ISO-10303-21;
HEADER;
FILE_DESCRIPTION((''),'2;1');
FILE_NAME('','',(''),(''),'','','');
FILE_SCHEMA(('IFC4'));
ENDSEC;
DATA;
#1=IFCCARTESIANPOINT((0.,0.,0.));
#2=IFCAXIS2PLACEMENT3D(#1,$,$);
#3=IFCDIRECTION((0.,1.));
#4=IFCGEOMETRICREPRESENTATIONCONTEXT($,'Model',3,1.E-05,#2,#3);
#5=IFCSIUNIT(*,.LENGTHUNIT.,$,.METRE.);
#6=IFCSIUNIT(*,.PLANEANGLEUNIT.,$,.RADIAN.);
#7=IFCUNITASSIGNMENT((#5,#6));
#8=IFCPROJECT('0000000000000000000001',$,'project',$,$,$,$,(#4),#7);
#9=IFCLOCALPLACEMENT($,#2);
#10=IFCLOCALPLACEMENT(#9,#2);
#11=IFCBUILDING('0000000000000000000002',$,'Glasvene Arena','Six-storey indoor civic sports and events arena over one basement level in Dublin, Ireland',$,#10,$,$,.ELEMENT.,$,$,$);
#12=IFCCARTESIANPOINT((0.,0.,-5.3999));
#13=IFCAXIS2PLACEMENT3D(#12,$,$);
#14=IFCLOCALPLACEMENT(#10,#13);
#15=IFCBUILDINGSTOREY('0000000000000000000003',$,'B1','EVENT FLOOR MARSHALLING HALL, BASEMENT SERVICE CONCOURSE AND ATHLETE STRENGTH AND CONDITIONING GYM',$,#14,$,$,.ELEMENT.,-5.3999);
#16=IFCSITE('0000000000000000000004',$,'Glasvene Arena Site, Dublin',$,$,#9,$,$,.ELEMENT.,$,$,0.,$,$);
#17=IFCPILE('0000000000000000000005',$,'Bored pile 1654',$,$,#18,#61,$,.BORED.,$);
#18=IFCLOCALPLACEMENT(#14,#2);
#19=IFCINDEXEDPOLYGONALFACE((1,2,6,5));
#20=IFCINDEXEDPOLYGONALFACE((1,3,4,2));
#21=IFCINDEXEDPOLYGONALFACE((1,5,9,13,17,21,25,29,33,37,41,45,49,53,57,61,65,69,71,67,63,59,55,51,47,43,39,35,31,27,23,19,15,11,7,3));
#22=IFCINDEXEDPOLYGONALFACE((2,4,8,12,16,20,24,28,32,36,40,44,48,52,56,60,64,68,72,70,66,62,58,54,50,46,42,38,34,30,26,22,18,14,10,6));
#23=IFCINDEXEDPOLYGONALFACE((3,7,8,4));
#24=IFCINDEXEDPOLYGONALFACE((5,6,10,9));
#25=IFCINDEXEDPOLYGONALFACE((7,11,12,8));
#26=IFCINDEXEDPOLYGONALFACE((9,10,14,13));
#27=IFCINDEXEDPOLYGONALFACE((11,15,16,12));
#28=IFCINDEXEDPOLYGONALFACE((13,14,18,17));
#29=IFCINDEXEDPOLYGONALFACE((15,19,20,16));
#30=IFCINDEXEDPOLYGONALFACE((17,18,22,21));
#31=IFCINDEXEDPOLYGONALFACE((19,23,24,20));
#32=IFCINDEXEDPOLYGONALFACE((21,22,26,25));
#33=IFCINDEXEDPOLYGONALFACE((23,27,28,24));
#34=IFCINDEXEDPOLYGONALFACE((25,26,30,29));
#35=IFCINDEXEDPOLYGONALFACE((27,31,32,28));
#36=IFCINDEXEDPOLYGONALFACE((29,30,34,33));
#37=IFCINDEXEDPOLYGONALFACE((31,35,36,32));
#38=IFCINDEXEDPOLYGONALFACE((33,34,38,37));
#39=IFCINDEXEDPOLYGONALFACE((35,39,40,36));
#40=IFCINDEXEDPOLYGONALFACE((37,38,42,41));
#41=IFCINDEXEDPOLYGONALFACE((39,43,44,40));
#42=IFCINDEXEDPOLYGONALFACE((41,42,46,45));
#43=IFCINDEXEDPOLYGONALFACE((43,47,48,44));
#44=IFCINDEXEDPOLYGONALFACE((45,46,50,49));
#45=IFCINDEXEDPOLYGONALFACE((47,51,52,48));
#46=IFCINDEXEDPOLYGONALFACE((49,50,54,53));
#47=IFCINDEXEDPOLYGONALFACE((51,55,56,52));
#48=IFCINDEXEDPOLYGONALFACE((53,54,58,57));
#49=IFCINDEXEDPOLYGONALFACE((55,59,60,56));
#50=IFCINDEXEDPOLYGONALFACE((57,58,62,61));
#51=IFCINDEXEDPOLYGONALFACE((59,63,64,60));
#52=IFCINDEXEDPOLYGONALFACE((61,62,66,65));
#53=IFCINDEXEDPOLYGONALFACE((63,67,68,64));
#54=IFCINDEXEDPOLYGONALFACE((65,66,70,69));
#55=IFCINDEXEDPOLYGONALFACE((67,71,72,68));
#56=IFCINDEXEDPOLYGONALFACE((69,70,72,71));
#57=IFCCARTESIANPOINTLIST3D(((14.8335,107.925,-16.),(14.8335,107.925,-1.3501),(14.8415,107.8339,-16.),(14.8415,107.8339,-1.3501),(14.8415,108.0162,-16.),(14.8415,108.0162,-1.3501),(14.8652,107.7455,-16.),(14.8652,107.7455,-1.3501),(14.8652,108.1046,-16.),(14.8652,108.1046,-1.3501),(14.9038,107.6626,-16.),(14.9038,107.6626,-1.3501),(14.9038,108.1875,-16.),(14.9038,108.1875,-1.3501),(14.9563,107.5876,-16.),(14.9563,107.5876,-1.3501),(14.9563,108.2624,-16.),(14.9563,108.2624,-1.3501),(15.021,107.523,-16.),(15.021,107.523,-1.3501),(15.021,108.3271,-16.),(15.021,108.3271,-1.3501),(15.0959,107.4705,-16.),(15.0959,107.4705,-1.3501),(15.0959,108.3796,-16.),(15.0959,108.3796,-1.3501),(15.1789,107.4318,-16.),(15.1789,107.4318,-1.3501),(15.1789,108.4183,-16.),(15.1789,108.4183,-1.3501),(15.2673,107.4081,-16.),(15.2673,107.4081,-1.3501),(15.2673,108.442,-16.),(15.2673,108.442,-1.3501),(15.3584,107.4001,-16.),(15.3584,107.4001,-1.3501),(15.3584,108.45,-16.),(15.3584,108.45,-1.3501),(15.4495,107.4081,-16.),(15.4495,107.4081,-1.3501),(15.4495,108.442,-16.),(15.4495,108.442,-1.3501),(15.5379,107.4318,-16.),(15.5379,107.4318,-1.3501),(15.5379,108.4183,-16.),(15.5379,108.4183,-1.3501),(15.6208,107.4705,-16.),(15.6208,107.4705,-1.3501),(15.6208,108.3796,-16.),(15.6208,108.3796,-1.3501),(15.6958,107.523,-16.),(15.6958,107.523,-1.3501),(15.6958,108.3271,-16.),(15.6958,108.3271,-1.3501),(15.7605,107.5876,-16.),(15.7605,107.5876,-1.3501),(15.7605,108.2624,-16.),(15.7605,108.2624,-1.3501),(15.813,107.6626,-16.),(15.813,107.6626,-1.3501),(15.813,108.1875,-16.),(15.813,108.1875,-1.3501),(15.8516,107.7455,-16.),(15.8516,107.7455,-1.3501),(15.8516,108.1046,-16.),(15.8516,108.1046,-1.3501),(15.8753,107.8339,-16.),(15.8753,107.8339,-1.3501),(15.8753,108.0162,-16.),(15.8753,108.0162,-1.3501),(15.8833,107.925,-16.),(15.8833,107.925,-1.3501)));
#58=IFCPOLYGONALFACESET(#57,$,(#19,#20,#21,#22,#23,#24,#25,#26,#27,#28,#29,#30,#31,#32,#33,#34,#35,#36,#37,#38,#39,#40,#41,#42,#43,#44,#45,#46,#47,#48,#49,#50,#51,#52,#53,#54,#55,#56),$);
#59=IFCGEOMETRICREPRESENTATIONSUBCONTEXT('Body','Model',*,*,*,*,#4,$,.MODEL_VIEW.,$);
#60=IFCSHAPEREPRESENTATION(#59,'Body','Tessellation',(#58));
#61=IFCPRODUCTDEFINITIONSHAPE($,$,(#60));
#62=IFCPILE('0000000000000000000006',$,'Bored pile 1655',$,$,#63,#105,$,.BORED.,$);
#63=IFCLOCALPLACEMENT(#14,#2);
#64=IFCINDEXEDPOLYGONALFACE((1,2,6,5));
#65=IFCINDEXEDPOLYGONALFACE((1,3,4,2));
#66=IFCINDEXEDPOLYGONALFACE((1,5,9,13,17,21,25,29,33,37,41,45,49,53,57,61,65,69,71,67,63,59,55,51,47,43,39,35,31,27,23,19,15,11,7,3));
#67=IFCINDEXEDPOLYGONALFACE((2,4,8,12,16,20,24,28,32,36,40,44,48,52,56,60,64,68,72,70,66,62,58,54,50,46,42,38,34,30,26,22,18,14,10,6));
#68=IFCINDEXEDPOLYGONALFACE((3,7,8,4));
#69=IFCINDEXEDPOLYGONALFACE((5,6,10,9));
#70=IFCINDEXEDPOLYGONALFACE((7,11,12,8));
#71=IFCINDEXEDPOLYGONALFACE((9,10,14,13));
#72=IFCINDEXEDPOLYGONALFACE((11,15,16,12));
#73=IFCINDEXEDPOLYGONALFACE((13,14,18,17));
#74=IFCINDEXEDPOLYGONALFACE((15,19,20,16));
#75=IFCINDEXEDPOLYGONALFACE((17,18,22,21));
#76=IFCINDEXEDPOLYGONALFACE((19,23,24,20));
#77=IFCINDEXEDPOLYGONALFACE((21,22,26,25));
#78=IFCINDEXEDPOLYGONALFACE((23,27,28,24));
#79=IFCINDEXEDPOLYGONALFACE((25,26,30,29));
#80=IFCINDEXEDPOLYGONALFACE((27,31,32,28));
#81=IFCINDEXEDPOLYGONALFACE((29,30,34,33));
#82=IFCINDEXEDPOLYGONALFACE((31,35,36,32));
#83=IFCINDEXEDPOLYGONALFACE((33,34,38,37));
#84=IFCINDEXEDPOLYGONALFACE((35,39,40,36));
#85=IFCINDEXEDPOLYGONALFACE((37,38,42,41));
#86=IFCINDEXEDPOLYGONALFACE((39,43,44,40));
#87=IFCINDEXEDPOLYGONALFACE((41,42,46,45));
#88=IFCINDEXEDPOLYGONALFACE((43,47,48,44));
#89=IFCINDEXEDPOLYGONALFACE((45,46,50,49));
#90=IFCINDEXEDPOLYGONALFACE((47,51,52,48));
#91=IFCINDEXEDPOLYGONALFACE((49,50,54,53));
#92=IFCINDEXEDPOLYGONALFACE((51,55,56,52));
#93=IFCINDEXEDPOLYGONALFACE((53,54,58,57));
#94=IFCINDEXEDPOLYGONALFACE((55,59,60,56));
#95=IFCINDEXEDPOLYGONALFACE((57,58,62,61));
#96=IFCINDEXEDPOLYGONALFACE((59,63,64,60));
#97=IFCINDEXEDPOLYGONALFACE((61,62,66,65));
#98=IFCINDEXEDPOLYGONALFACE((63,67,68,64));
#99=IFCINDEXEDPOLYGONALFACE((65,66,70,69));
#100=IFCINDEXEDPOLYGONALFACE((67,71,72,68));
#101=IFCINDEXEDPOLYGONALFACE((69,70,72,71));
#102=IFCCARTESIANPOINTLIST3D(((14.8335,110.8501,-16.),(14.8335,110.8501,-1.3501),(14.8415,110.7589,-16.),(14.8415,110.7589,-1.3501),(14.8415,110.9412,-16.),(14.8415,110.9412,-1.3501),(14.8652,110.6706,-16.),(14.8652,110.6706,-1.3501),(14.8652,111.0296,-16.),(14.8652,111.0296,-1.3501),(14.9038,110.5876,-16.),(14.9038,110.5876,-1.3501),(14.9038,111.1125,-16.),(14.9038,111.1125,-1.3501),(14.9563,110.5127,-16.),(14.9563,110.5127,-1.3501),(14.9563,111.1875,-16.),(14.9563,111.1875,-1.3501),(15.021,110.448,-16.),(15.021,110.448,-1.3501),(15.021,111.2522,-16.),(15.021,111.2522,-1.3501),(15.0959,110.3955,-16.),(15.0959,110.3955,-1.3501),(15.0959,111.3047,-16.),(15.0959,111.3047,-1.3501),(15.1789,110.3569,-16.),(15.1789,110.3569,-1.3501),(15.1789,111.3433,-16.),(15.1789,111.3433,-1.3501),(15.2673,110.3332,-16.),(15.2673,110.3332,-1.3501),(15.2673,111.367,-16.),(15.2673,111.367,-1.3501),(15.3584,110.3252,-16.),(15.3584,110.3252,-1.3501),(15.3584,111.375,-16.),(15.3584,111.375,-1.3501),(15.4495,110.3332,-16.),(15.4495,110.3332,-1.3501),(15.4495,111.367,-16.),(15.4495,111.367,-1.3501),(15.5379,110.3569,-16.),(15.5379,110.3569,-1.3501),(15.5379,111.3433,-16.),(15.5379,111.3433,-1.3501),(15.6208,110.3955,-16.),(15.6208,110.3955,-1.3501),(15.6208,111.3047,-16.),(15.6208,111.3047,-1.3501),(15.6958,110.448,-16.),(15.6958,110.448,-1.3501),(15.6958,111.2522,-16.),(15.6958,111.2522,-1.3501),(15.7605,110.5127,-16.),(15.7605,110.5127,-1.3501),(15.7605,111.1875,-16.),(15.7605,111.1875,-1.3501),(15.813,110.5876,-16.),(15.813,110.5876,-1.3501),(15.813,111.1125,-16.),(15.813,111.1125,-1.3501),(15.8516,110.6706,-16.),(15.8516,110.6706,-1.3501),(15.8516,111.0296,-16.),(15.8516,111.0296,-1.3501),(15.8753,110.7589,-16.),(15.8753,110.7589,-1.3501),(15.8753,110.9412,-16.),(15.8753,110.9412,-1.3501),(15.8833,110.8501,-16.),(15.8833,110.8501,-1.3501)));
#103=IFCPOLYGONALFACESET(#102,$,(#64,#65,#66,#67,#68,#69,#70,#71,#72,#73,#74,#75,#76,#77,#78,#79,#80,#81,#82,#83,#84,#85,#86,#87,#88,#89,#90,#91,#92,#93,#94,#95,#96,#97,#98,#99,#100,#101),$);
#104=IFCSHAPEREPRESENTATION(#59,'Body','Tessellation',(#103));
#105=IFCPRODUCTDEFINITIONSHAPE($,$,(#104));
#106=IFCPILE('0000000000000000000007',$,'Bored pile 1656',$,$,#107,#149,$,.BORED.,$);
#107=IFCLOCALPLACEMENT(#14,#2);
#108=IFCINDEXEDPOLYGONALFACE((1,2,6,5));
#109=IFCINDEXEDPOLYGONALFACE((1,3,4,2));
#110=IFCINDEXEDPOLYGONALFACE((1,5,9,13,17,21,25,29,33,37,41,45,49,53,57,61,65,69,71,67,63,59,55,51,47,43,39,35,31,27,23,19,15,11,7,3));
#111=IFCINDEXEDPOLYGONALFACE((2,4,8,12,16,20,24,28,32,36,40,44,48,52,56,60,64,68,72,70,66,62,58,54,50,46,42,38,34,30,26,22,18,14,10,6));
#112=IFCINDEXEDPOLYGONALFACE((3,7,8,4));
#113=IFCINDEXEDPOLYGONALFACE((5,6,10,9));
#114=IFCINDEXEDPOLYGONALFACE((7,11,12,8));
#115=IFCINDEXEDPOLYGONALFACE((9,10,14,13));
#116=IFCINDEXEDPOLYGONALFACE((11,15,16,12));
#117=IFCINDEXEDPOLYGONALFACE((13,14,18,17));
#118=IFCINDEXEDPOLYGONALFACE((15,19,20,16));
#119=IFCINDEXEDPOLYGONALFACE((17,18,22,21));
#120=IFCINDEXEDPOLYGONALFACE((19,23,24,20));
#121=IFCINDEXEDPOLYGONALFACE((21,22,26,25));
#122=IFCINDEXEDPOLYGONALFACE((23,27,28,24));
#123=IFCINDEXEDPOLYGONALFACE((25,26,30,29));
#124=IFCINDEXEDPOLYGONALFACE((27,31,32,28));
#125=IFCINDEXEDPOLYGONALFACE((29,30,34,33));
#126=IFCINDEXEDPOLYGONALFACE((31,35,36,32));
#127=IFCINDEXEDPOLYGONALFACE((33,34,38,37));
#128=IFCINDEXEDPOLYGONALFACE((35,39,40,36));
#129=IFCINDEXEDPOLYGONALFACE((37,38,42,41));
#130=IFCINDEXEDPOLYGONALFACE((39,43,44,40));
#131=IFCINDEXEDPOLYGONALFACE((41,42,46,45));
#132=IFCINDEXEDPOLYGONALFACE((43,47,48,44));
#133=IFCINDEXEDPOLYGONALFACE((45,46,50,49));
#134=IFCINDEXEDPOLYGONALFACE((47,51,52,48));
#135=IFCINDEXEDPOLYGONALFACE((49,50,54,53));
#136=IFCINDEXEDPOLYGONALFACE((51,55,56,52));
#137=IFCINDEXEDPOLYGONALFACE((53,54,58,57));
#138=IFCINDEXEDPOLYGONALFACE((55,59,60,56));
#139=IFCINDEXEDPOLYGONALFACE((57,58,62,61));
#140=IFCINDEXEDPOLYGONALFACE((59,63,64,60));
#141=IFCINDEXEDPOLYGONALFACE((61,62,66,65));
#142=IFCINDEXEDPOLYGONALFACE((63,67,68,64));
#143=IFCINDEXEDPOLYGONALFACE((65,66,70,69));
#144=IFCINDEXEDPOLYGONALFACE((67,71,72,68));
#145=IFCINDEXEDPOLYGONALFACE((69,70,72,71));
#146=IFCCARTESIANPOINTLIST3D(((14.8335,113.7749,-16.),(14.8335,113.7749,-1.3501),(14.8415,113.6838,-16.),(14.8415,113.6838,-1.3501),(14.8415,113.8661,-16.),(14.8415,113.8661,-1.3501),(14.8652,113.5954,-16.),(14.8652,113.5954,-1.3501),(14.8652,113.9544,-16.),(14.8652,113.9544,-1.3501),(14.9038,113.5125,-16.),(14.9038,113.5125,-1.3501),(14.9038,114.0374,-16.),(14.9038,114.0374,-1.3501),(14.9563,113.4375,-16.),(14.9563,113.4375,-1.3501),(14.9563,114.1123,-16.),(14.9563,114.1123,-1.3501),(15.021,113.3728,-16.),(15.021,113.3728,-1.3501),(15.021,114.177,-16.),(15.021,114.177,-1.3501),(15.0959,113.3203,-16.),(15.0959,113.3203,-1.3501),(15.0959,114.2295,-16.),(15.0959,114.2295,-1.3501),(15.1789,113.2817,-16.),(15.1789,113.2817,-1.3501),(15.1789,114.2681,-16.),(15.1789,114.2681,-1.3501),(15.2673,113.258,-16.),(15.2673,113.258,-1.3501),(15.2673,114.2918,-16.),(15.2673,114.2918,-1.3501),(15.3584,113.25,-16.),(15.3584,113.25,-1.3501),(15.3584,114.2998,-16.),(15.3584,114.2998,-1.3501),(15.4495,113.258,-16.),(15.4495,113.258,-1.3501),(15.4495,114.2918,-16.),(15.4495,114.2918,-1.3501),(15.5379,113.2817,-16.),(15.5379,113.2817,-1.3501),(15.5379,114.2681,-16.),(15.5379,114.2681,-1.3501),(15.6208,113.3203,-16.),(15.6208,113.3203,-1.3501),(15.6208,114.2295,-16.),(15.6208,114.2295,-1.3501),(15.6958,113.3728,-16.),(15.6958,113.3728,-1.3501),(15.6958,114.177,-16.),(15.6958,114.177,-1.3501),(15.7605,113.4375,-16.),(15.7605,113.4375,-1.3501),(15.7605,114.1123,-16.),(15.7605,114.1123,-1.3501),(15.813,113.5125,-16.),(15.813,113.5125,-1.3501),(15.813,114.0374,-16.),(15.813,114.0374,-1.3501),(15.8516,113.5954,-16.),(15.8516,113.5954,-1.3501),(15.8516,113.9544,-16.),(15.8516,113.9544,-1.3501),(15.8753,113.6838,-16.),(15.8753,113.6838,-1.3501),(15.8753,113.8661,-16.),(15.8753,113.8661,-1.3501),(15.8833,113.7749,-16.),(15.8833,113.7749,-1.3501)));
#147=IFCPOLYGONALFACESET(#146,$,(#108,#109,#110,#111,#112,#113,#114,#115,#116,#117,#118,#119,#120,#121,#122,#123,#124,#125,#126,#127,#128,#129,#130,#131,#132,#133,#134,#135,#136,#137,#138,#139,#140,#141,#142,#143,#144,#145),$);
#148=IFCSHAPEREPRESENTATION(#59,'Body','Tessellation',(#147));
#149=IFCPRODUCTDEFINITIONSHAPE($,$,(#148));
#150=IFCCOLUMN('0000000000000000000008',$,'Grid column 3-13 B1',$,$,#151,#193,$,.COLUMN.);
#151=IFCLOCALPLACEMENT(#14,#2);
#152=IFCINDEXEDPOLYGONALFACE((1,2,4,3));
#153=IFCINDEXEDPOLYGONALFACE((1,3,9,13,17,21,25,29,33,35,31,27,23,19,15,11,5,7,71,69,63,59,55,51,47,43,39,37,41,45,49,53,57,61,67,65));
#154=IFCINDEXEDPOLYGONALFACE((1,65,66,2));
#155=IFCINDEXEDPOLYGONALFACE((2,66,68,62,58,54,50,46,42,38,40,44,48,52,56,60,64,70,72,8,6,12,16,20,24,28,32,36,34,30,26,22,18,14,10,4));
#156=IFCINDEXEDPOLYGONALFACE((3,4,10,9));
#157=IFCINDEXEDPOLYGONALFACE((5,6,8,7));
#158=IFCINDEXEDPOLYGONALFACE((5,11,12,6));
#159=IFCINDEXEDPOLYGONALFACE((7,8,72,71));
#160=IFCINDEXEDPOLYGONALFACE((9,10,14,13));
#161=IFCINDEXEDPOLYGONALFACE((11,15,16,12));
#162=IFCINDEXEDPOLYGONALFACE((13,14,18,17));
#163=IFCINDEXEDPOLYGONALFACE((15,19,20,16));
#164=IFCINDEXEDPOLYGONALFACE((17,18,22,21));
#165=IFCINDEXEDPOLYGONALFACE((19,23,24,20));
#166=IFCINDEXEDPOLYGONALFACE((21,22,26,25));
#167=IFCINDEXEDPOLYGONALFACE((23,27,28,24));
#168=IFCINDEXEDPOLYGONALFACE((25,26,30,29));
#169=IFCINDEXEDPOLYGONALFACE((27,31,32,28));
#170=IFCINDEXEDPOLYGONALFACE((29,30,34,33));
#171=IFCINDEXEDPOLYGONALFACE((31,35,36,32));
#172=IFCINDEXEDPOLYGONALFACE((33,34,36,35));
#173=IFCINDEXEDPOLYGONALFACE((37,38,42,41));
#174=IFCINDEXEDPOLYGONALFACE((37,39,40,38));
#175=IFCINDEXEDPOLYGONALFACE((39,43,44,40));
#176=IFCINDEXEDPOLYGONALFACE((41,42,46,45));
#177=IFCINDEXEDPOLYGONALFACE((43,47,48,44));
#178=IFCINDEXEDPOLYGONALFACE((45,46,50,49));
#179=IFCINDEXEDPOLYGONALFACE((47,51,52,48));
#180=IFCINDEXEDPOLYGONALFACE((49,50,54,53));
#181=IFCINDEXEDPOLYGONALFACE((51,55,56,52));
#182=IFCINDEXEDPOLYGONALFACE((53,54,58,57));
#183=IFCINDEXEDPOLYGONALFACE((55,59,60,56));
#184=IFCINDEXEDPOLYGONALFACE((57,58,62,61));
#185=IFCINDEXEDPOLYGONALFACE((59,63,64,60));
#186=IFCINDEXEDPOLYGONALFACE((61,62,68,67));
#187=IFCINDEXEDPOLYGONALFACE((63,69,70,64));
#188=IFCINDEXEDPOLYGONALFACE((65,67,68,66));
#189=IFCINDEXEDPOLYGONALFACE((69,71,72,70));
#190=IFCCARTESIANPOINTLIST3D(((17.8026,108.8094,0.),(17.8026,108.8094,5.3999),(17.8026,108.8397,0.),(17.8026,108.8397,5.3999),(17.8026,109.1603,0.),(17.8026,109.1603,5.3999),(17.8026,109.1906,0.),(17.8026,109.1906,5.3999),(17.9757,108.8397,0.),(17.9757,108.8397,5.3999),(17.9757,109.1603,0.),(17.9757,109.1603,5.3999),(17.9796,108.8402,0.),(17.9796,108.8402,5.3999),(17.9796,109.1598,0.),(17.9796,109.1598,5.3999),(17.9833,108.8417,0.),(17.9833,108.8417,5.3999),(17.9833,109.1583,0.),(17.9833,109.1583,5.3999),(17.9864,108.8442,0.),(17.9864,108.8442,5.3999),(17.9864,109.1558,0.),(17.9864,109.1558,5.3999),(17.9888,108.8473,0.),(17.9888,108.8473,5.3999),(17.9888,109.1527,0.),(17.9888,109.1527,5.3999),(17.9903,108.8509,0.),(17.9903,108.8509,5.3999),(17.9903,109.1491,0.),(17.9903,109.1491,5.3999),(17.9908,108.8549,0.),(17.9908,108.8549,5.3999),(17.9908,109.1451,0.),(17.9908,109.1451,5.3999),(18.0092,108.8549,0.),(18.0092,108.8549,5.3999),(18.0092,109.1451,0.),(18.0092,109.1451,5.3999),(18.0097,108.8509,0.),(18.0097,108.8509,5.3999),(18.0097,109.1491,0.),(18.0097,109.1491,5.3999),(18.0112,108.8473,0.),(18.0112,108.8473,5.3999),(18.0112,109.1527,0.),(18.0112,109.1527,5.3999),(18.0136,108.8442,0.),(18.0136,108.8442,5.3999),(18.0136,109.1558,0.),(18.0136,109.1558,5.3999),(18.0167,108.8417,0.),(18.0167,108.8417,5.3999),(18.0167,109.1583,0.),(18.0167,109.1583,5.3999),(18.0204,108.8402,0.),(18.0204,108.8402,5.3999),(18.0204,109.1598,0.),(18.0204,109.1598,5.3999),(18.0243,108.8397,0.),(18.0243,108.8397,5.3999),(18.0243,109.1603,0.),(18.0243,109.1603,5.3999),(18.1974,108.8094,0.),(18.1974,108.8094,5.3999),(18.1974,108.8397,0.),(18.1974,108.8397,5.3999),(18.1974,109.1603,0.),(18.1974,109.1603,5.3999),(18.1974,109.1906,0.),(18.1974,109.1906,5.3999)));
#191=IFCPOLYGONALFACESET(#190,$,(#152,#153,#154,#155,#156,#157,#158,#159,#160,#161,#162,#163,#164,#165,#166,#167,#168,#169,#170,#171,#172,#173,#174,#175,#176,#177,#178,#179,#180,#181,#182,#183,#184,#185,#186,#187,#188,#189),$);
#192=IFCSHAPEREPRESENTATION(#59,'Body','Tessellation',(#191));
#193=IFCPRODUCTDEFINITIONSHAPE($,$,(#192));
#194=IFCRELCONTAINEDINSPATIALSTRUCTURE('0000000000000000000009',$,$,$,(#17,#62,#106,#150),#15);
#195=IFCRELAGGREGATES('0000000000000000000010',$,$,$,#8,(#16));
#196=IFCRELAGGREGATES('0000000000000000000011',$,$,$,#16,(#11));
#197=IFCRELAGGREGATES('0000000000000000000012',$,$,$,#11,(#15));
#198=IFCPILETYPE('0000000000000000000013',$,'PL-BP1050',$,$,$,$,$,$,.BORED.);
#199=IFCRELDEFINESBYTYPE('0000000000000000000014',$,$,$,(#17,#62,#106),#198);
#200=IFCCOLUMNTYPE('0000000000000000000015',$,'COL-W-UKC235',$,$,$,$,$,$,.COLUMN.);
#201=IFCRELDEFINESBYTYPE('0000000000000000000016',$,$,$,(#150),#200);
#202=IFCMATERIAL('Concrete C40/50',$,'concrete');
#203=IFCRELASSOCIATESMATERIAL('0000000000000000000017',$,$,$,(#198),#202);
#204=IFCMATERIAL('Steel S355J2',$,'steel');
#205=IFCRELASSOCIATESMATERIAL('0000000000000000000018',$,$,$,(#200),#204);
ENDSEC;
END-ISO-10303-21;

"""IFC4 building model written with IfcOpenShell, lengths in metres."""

from ifc_helpers import new_model, si_unit, direction, frame, origin, origin_2d, place, context, subcontext, project, spatial, circle, i_section, extrude, material, material_profile, profile_set, type_object, element, save


model = new_model("IFC4")

# Units and contexts
model_context = context("Model", 3, precision=1e-05, world=origin(), true_north=direction((0.0, 1.0)))
body_context = subcontext(model_context, "Body", "Model", "MODEL_VIEW")
ifc_project = project(units=[si_unit("LENGTHUNIT", "METRE"), si_unit("PLANEANGLEUNIT", "RADIAN")], contexts=[model_context])

# Site, building, storey
site_placement = place(None, origin())
site = spatial("IfcSite", under=ifc_project, at=site_placement, Name="Glasvene Arena Site, Dublin", CompositionType="ELEMENT", RefElevation=0.0)
building_placement = place(site_placement, origin())
building = spatial("IfcBuilding", under=site, at=building_placement, Name="Glasvene Arena", Description="Six-storey indoor civic sports and events arena over one basement level in Dublin, Ireland", CompositionType="ELEMENT")
storey_placement = place(building_placement, frame((0.0, 0.0, -5.3999)))
storey = spatial("IfcBuildingStorey", under=building, at=storey_placement, Name="B1", Description="EVENT FLOOR MARSHALLING HALL, BASEMENT SERVICE CONCOURSE AND ATHLETE STRENGTH AND CONDITIONING GYM", CompositionType="ELEMENT", Elevation=-5.3999)

# Shared definitions
ifc_material_1 = material(Name="Concrete C40/50", Category="concrete")

# Piles
ifc_material_profile_1 = material_profile(ifc_material_1, circle(Radius=0.5249, at=origin_2d()), Name="BORED PILE 1050")
ifc_profile_set_1 = profile_set([ifc_material_profile_1], Name="Concrete C40/50")
pile_type = type_object("IfcPileType", Name="PL-BP1050", PredefinedType="BORED", material=ifc_profile_set_1)
for number, where, z_axis, x_axis, name in (
    (1, (15.3584, 107.925, -1.3501), (0.0, 0.0, -1.0), (1.0, 0.0, 0.0), "Bored pile 1654"),
    (2, (15.3584, 110.8501, -1.3501), (0.0, 0.0, -1.0), (1.0, 0.0, 0.0), "Bored pile 1655"),
    (3, (15.3584, 113.7749, -1.3501), (0.0, 0.0, -1.0), (1.0, 0.0, 0.0), "Bored pile 1656"),
):
    element("IfcPile", number, at=place(storey_placement, frame(where, z_axis=z_axis, x_axis=x_axis)), inside=storey, type_object=pile_type, Name=name, PredefinedType="BORED", context=body_context, shape_type="SweptSolid", body=[
        extrude(circle(Radius=0.5249, at=origin_2d()), origin(), (0.0, 0.0, 1.0), 14.6499),
    ])

# Column
ifc_material_2 = material(Name="Steel S355J2", Category="steel")
ifc_material_profile_2 = material_profile(ifc_material_2, i_section(OverallWidth=0.3948, OverallDepth=0.3811, WebThickness=0.0183, FlangeThickness=0.0303, FilletRadius=0.0151, at=origin_2d()), Name="UKC 356x406x235")
ifc_profile_set_2 = profile_set([ifc_material_profile_2], Name="Steel S355J2")
column_type = type_object("IfcColumnType", Name="COL-W-UKC235", PredefinedType="COLUMN", material=ifc_profile_set_2)
column_placement = place(storey_placement, frame((18.0, 109.0, 0.0), z_axis=(0.0, 0.0, 1.0), x_axis=(1.0, 0.0, 0.0)))
element("IfcColumn", 4, at=column_placement, inside=storey, type_object=column_type, Name="Grid column 3-13 B1", PredefinedType="COLUMN", context=body_context, shape_type="SweptSolid", body=[
    extrude(i_section(OverallWidth=0.3948, OverallDepth=0.3811, WebThickness=0.0183, FlangeThickness=0.0303, FilletRadius=0.0151, at=origin_2d()), origin(), (0.0, 0.0, 1.0), 5.3999),
])

save(model, "model.ifc")
